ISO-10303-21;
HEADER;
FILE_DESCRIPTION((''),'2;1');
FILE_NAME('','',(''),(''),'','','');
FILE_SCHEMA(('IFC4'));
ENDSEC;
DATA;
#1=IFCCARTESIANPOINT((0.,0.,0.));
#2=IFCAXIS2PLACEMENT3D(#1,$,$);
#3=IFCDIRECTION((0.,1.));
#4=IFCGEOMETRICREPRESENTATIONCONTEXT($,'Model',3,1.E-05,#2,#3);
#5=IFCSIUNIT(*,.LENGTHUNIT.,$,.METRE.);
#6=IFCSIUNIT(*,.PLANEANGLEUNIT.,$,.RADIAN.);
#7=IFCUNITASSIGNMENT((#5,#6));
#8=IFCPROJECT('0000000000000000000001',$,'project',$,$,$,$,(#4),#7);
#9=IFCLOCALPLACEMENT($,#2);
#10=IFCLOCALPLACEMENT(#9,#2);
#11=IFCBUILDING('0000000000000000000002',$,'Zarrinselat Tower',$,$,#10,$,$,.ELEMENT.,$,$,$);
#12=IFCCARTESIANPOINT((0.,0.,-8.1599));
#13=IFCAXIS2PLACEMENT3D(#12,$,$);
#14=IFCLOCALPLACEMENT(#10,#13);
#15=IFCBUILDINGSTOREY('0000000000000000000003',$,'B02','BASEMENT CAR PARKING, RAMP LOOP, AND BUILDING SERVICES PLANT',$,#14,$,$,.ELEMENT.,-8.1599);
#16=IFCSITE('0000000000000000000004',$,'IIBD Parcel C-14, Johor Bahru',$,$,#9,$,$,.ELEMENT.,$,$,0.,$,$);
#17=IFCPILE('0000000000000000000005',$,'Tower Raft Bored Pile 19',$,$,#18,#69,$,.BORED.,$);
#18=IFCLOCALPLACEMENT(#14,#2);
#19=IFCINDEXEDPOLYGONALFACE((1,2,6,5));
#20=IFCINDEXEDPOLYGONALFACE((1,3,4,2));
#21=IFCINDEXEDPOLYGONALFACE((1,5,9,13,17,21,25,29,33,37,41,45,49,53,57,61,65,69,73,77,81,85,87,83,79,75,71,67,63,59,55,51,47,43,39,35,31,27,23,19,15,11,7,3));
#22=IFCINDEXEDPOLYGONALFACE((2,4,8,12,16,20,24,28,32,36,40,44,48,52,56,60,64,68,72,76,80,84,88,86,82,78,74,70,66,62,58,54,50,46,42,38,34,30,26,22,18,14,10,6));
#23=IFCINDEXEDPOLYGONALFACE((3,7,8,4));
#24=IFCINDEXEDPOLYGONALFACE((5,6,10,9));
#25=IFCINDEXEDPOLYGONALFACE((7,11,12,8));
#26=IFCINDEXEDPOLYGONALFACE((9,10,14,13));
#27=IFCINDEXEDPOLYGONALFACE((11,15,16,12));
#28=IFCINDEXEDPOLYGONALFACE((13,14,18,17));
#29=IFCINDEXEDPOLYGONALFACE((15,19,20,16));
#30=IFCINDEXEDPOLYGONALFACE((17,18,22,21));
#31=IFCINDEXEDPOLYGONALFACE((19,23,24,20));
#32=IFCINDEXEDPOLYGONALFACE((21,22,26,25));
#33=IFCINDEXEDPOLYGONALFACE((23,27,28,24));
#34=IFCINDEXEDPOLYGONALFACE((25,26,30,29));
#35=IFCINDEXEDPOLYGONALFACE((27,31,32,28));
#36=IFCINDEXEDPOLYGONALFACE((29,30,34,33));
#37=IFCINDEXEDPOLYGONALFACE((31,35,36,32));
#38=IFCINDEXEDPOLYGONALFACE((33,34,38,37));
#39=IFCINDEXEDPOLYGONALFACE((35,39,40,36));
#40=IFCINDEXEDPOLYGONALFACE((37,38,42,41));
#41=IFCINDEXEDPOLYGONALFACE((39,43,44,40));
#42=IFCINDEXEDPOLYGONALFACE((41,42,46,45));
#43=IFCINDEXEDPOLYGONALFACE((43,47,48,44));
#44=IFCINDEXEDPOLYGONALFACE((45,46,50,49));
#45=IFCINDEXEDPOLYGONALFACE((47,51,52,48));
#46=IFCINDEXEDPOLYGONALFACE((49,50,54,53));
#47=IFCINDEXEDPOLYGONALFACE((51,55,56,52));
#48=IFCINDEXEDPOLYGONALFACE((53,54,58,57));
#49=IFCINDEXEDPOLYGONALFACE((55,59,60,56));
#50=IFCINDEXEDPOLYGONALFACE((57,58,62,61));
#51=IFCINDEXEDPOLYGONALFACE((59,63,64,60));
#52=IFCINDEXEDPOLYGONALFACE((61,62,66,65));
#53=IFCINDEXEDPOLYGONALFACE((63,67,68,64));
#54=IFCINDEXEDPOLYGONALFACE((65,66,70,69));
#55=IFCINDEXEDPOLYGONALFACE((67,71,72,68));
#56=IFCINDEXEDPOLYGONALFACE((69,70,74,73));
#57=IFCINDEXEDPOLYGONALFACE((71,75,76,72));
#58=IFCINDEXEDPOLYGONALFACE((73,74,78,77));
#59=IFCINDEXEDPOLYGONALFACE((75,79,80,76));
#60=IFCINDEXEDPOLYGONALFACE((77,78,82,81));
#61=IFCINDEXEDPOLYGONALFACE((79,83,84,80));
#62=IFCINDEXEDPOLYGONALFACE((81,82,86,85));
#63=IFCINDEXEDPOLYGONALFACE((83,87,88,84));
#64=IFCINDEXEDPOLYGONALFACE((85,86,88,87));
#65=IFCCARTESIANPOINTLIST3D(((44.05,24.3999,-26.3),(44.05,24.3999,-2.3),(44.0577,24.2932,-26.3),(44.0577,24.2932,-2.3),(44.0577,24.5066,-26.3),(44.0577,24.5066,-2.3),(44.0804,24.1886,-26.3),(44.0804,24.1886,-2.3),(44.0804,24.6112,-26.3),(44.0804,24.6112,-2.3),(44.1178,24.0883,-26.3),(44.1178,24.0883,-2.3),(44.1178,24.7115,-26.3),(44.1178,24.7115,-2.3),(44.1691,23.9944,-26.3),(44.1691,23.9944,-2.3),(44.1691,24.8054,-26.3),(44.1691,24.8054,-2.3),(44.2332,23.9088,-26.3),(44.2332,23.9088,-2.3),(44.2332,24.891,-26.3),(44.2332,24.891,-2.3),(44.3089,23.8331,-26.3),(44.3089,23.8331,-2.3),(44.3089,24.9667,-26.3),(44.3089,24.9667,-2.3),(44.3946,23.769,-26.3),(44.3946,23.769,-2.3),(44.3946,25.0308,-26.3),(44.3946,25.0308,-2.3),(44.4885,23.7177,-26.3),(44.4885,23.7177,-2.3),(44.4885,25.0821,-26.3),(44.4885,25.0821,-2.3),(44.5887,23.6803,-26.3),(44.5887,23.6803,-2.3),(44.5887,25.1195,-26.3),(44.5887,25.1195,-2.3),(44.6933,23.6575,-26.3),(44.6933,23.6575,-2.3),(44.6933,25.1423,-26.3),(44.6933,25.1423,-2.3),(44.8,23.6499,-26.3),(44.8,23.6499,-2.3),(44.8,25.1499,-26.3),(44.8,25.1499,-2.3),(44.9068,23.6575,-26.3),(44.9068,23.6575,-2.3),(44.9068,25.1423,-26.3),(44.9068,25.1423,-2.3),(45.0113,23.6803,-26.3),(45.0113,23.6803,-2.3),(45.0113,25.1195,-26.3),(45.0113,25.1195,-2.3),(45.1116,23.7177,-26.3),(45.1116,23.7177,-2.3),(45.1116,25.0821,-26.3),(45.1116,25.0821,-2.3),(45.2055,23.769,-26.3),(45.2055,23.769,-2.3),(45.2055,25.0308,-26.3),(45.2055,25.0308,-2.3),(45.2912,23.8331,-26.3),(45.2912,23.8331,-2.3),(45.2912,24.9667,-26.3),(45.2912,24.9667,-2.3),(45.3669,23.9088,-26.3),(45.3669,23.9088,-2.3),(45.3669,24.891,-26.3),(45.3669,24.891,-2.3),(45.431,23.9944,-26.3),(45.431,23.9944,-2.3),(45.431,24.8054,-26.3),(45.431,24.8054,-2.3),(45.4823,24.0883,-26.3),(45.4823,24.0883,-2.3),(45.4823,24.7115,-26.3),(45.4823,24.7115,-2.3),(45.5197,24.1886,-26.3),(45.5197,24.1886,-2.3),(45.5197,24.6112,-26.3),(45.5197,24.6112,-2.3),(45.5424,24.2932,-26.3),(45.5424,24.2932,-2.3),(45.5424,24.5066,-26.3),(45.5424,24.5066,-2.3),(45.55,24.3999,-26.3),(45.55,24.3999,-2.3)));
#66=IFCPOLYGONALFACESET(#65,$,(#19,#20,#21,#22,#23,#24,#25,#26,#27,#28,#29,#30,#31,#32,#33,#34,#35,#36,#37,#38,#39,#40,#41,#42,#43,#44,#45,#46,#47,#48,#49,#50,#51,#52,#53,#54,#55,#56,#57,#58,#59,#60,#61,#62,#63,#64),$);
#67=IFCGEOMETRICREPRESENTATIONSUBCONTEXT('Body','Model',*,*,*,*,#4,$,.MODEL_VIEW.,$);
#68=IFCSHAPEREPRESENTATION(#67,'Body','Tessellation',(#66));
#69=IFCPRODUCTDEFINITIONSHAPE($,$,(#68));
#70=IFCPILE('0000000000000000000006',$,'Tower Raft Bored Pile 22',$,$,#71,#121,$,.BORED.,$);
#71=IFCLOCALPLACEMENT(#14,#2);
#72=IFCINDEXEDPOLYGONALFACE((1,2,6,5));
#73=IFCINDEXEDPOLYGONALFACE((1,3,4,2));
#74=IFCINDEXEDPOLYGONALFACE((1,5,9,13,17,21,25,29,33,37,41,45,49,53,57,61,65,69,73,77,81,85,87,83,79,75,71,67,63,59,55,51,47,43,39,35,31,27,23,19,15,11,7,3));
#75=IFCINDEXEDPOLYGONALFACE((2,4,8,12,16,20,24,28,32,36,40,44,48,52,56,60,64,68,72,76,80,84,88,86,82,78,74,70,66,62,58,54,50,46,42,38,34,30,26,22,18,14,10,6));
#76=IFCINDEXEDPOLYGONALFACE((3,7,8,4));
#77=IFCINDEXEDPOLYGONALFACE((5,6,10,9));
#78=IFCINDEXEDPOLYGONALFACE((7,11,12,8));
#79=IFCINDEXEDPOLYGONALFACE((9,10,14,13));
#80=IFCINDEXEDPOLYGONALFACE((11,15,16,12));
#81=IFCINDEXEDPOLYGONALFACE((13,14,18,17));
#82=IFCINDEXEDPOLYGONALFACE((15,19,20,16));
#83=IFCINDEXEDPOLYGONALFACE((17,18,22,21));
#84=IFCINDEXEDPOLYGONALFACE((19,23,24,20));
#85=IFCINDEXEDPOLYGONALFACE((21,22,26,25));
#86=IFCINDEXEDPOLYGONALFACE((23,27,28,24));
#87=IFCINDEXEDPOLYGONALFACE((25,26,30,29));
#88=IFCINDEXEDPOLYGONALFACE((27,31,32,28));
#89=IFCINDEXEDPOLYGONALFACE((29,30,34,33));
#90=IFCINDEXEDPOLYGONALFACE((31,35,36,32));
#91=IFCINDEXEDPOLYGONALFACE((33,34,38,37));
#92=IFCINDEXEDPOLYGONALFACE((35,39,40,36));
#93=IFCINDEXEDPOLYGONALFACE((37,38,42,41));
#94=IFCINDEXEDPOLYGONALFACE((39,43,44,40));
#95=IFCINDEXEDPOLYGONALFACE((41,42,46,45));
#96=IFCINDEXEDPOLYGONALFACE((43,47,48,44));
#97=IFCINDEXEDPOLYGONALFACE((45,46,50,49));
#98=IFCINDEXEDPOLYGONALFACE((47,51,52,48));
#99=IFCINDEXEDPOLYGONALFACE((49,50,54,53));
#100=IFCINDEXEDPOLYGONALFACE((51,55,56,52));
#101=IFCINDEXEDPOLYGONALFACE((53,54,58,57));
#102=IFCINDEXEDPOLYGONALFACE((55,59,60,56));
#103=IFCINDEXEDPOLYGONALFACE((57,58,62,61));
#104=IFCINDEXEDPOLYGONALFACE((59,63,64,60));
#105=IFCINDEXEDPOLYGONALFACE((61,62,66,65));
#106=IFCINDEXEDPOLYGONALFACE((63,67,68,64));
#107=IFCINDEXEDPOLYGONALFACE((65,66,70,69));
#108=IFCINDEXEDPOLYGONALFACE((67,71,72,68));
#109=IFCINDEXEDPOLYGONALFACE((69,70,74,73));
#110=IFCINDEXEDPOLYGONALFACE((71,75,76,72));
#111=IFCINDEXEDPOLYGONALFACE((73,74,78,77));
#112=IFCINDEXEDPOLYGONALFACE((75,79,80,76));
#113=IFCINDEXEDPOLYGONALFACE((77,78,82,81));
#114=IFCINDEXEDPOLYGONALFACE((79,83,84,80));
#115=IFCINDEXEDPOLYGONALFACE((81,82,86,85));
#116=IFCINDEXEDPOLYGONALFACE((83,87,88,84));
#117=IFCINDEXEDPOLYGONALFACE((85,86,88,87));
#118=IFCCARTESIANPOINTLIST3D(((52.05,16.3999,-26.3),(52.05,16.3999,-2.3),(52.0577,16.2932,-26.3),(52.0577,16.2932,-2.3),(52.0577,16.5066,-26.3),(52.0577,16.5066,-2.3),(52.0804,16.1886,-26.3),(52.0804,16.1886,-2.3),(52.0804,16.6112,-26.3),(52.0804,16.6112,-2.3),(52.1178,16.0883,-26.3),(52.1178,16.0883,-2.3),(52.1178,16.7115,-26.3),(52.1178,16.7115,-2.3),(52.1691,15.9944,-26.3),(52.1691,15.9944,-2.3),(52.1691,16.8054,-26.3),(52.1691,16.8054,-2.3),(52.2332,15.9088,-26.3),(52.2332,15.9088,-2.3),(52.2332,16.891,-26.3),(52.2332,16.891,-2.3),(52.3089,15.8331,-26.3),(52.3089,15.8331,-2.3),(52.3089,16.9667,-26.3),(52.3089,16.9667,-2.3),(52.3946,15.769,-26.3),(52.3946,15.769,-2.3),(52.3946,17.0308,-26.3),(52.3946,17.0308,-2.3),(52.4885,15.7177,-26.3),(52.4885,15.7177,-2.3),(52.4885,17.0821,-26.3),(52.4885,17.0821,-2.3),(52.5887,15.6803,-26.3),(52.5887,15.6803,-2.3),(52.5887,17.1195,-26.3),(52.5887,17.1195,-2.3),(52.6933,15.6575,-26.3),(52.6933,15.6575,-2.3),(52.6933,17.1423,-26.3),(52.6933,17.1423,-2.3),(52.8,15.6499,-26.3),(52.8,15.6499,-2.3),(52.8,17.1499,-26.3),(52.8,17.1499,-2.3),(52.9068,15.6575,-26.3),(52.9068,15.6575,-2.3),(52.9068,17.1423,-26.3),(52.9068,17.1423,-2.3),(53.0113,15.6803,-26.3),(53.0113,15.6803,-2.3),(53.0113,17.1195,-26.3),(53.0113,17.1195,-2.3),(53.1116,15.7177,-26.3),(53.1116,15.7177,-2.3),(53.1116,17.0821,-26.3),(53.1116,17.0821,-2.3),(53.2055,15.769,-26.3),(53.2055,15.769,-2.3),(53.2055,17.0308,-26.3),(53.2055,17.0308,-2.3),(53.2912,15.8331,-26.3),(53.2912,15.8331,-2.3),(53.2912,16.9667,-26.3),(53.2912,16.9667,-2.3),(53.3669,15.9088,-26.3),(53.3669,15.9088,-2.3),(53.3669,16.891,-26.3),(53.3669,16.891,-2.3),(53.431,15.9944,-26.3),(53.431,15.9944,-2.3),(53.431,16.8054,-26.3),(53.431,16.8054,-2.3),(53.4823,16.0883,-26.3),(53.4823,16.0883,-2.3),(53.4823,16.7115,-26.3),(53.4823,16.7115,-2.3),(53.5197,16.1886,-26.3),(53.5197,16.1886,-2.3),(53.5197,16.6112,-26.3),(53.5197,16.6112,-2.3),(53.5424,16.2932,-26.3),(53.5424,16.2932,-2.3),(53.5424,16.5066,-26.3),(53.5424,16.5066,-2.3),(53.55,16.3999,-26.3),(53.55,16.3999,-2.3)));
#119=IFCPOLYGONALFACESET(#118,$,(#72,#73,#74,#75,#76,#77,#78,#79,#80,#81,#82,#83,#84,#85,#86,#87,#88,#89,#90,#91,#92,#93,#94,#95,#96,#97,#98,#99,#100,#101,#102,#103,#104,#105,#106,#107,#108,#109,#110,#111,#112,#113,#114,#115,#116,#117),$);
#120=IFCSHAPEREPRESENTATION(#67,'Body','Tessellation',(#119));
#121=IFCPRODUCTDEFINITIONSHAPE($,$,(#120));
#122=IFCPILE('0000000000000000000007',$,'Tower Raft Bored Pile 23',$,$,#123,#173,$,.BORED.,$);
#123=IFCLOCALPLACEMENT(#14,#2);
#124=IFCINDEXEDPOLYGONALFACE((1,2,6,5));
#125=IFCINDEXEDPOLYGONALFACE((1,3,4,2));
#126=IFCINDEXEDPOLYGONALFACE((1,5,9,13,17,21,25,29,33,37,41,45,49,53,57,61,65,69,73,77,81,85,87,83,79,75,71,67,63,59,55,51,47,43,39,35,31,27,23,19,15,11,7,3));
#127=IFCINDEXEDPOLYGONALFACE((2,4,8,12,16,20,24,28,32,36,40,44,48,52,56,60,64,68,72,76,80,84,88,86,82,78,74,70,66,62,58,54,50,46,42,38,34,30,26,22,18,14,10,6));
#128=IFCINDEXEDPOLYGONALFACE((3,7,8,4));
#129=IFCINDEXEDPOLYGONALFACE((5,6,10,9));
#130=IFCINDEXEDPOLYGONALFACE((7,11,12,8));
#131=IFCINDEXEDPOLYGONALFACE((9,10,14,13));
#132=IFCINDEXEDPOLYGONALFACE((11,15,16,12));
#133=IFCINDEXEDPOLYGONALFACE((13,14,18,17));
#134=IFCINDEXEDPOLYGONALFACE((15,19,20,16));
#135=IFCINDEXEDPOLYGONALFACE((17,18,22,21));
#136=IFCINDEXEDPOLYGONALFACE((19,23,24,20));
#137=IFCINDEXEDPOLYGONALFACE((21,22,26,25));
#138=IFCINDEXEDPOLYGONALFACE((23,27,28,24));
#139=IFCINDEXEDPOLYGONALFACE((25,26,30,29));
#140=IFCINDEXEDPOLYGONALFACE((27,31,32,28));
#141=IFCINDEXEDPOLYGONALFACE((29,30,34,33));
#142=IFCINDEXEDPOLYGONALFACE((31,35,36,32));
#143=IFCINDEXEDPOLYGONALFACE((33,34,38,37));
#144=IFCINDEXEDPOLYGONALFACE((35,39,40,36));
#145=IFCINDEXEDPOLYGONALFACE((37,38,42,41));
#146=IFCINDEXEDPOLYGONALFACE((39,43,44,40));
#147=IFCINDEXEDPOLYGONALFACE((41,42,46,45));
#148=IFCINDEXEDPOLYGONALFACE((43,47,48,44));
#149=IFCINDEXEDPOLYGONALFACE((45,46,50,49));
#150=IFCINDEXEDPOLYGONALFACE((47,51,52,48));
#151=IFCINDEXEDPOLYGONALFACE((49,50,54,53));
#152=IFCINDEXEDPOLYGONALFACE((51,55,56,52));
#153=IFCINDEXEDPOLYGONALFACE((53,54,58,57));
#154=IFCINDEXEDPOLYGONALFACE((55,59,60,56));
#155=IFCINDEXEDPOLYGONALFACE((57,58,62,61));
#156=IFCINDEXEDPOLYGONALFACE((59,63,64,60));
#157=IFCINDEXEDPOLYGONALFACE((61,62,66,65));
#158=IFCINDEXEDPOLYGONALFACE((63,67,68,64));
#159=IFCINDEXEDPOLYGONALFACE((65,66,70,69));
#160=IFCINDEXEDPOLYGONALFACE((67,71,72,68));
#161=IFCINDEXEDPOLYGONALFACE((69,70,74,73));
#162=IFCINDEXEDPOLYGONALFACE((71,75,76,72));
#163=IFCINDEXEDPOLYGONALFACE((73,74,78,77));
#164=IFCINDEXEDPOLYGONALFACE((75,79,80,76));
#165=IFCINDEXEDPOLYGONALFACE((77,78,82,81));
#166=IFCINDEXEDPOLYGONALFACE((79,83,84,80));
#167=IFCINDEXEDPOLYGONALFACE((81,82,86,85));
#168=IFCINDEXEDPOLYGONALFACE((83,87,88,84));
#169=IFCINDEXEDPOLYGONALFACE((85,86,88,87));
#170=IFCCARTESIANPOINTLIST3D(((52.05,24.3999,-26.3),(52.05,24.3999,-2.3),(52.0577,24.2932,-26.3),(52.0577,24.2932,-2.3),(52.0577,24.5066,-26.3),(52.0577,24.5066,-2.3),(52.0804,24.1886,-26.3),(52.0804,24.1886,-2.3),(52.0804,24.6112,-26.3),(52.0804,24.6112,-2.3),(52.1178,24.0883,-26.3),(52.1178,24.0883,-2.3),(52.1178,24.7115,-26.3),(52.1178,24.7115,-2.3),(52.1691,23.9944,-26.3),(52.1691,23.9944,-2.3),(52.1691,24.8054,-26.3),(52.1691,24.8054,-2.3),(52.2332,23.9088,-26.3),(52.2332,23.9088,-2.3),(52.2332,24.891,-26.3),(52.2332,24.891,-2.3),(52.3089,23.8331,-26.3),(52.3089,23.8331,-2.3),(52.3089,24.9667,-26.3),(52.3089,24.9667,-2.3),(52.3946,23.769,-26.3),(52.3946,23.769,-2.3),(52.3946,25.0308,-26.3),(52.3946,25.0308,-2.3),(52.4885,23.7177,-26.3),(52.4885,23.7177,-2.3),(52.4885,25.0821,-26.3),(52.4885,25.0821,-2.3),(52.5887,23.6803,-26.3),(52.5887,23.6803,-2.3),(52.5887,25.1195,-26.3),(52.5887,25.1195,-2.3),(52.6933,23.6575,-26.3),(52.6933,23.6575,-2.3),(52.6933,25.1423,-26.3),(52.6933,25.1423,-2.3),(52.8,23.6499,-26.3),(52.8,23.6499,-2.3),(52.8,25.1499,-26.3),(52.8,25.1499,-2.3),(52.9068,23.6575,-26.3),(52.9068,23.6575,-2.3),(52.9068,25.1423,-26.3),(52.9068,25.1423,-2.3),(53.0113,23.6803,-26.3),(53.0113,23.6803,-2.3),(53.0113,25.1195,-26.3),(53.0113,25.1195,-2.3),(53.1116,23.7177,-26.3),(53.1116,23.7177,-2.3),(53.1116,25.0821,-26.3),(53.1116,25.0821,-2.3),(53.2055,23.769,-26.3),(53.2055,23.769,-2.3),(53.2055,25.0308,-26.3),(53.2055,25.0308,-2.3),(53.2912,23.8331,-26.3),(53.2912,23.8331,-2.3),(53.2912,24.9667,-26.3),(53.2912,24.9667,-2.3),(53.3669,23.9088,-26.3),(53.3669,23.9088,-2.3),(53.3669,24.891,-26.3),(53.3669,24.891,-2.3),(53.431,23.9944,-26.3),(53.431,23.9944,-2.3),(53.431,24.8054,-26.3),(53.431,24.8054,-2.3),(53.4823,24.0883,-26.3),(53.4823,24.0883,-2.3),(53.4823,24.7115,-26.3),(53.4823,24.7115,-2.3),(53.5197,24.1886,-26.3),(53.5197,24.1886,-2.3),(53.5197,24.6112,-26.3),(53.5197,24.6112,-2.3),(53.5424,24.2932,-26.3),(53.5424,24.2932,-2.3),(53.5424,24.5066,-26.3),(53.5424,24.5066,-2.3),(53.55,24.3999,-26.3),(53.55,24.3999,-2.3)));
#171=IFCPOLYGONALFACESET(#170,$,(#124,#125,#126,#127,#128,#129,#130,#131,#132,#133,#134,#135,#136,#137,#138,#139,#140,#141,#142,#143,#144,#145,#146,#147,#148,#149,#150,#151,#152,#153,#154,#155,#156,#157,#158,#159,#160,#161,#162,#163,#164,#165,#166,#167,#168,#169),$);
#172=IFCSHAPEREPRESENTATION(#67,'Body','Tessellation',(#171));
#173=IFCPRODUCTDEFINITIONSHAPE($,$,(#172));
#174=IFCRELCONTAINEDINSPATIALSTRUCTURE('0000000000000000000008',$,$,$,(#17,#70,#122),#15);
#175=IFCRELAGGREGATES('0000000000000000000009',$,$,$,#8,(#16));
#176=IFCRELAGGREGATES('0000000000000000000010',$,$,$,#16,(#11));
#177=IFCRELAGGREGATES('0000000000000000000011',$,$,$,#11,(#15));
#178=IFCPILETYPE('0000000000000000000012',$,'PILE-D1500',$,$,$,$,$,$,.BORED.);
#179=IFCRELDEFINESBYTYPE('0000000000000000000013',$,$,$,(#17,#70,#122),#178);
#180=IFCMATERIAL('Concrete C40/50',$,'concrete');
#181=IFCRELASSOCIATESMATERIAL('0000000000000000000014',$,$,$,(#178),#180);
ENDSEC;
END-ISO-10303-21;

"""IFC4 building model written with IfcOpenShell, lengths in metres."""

from ifc_helpers import new_model, si_unit, direction, frame, origin, origin_2d, place, context, subcontext, project, spatial, circle, extrude, material, material_profile, profile_set, type_object, element, save


model = new_model("IFC4")

# Units and contexts
model_context = context("Model", 3, precision=1e-05, world=origin(), true_north=direction((0.0, 1.0)))
body_context = subcontext(model_context, "Body", "Model", "MODEL_VIEW")
ifc_project = project(units=[si_unit("LENGTHUNIT", "METRE"), si_unit("PLANEANGLEUNIT", "RADIAN")], contexts=[model_context])

# Site, building, storey
site_placement = place(None, origin())
site = spatial("IfcSite", under=ifc_project, at=site_placement, Name="IIBD Parcel C-14, Johor Bahru", CompositionType="ELEMENT", RefElevation=0.0)
building_placement = place(site_placement, origin())
building = spatial("IfcBuilding", under=site, at=building_placement, Name="Zarrinselat Tower", CompositionType="ELEMENT")
storey_placement = place(building_placement, frame((0.0, 0.0, -8.1599)))
storey = spatial("IfcBuildingStorey", under=building, at=storey_placement, Name="B02", Description="BASEMENT CAR PARKING, RAMP LOOP, AND BUILDING SERVICES PLANT", CompositionType="ELEMENT", Elevation=-8.1599)

# Piles
ifc_material_1 = material(Name="Concrete C40/50", Category="concrete")
ifc_material_profile_1 = material_profile(ifc_material_1, circle(Radius=0.75, at=origin_2d()), Name="BORED PILE D1500")
ifc_profile_set_1 = profile_set([ifc_material_profile_1], Name="Concrete C40/50")
pile_type = type_object("IfcPileType", Name="PILE-D1500", PredefinedType="BORED", material=ifc_profile_set_1)
for number, where, z_axis, x_axis, name in (
    (1, (44.8, 24.3999, -2.3), (0.0, 0.0, -1.0), (1.0, 0.0, 0.0), "Tower Raft Bored Pile 19"),
    (2, (52.8, 16.3999, -2.3), (0.0, 0.0, -1.0), (1.0, 0.0, 0.0), "Tower Raft Bored Pile 22"),
    (3, (52.8, 24.3999, -2.3), (0.0, 0.0, -1.0), (1.0, 0.0, 0.0), "Tower Raft Bored Pile 23"),
):
    element("IfcPile", number, at=place(storey_placement, frame(where, z_axis=z_axis, x_axis=x_axis)), inside=storey, type_object=pile_type, Name=name, PredefinedType="BORED", context=body_context, shape_type="SweptSolid", body=[
        extrude(circle(Radius=0.75, at=origin_2d()), origin(), (0.0, 0.0, 1.0), 24.0),
    ])

save(model, "model.ifc")
